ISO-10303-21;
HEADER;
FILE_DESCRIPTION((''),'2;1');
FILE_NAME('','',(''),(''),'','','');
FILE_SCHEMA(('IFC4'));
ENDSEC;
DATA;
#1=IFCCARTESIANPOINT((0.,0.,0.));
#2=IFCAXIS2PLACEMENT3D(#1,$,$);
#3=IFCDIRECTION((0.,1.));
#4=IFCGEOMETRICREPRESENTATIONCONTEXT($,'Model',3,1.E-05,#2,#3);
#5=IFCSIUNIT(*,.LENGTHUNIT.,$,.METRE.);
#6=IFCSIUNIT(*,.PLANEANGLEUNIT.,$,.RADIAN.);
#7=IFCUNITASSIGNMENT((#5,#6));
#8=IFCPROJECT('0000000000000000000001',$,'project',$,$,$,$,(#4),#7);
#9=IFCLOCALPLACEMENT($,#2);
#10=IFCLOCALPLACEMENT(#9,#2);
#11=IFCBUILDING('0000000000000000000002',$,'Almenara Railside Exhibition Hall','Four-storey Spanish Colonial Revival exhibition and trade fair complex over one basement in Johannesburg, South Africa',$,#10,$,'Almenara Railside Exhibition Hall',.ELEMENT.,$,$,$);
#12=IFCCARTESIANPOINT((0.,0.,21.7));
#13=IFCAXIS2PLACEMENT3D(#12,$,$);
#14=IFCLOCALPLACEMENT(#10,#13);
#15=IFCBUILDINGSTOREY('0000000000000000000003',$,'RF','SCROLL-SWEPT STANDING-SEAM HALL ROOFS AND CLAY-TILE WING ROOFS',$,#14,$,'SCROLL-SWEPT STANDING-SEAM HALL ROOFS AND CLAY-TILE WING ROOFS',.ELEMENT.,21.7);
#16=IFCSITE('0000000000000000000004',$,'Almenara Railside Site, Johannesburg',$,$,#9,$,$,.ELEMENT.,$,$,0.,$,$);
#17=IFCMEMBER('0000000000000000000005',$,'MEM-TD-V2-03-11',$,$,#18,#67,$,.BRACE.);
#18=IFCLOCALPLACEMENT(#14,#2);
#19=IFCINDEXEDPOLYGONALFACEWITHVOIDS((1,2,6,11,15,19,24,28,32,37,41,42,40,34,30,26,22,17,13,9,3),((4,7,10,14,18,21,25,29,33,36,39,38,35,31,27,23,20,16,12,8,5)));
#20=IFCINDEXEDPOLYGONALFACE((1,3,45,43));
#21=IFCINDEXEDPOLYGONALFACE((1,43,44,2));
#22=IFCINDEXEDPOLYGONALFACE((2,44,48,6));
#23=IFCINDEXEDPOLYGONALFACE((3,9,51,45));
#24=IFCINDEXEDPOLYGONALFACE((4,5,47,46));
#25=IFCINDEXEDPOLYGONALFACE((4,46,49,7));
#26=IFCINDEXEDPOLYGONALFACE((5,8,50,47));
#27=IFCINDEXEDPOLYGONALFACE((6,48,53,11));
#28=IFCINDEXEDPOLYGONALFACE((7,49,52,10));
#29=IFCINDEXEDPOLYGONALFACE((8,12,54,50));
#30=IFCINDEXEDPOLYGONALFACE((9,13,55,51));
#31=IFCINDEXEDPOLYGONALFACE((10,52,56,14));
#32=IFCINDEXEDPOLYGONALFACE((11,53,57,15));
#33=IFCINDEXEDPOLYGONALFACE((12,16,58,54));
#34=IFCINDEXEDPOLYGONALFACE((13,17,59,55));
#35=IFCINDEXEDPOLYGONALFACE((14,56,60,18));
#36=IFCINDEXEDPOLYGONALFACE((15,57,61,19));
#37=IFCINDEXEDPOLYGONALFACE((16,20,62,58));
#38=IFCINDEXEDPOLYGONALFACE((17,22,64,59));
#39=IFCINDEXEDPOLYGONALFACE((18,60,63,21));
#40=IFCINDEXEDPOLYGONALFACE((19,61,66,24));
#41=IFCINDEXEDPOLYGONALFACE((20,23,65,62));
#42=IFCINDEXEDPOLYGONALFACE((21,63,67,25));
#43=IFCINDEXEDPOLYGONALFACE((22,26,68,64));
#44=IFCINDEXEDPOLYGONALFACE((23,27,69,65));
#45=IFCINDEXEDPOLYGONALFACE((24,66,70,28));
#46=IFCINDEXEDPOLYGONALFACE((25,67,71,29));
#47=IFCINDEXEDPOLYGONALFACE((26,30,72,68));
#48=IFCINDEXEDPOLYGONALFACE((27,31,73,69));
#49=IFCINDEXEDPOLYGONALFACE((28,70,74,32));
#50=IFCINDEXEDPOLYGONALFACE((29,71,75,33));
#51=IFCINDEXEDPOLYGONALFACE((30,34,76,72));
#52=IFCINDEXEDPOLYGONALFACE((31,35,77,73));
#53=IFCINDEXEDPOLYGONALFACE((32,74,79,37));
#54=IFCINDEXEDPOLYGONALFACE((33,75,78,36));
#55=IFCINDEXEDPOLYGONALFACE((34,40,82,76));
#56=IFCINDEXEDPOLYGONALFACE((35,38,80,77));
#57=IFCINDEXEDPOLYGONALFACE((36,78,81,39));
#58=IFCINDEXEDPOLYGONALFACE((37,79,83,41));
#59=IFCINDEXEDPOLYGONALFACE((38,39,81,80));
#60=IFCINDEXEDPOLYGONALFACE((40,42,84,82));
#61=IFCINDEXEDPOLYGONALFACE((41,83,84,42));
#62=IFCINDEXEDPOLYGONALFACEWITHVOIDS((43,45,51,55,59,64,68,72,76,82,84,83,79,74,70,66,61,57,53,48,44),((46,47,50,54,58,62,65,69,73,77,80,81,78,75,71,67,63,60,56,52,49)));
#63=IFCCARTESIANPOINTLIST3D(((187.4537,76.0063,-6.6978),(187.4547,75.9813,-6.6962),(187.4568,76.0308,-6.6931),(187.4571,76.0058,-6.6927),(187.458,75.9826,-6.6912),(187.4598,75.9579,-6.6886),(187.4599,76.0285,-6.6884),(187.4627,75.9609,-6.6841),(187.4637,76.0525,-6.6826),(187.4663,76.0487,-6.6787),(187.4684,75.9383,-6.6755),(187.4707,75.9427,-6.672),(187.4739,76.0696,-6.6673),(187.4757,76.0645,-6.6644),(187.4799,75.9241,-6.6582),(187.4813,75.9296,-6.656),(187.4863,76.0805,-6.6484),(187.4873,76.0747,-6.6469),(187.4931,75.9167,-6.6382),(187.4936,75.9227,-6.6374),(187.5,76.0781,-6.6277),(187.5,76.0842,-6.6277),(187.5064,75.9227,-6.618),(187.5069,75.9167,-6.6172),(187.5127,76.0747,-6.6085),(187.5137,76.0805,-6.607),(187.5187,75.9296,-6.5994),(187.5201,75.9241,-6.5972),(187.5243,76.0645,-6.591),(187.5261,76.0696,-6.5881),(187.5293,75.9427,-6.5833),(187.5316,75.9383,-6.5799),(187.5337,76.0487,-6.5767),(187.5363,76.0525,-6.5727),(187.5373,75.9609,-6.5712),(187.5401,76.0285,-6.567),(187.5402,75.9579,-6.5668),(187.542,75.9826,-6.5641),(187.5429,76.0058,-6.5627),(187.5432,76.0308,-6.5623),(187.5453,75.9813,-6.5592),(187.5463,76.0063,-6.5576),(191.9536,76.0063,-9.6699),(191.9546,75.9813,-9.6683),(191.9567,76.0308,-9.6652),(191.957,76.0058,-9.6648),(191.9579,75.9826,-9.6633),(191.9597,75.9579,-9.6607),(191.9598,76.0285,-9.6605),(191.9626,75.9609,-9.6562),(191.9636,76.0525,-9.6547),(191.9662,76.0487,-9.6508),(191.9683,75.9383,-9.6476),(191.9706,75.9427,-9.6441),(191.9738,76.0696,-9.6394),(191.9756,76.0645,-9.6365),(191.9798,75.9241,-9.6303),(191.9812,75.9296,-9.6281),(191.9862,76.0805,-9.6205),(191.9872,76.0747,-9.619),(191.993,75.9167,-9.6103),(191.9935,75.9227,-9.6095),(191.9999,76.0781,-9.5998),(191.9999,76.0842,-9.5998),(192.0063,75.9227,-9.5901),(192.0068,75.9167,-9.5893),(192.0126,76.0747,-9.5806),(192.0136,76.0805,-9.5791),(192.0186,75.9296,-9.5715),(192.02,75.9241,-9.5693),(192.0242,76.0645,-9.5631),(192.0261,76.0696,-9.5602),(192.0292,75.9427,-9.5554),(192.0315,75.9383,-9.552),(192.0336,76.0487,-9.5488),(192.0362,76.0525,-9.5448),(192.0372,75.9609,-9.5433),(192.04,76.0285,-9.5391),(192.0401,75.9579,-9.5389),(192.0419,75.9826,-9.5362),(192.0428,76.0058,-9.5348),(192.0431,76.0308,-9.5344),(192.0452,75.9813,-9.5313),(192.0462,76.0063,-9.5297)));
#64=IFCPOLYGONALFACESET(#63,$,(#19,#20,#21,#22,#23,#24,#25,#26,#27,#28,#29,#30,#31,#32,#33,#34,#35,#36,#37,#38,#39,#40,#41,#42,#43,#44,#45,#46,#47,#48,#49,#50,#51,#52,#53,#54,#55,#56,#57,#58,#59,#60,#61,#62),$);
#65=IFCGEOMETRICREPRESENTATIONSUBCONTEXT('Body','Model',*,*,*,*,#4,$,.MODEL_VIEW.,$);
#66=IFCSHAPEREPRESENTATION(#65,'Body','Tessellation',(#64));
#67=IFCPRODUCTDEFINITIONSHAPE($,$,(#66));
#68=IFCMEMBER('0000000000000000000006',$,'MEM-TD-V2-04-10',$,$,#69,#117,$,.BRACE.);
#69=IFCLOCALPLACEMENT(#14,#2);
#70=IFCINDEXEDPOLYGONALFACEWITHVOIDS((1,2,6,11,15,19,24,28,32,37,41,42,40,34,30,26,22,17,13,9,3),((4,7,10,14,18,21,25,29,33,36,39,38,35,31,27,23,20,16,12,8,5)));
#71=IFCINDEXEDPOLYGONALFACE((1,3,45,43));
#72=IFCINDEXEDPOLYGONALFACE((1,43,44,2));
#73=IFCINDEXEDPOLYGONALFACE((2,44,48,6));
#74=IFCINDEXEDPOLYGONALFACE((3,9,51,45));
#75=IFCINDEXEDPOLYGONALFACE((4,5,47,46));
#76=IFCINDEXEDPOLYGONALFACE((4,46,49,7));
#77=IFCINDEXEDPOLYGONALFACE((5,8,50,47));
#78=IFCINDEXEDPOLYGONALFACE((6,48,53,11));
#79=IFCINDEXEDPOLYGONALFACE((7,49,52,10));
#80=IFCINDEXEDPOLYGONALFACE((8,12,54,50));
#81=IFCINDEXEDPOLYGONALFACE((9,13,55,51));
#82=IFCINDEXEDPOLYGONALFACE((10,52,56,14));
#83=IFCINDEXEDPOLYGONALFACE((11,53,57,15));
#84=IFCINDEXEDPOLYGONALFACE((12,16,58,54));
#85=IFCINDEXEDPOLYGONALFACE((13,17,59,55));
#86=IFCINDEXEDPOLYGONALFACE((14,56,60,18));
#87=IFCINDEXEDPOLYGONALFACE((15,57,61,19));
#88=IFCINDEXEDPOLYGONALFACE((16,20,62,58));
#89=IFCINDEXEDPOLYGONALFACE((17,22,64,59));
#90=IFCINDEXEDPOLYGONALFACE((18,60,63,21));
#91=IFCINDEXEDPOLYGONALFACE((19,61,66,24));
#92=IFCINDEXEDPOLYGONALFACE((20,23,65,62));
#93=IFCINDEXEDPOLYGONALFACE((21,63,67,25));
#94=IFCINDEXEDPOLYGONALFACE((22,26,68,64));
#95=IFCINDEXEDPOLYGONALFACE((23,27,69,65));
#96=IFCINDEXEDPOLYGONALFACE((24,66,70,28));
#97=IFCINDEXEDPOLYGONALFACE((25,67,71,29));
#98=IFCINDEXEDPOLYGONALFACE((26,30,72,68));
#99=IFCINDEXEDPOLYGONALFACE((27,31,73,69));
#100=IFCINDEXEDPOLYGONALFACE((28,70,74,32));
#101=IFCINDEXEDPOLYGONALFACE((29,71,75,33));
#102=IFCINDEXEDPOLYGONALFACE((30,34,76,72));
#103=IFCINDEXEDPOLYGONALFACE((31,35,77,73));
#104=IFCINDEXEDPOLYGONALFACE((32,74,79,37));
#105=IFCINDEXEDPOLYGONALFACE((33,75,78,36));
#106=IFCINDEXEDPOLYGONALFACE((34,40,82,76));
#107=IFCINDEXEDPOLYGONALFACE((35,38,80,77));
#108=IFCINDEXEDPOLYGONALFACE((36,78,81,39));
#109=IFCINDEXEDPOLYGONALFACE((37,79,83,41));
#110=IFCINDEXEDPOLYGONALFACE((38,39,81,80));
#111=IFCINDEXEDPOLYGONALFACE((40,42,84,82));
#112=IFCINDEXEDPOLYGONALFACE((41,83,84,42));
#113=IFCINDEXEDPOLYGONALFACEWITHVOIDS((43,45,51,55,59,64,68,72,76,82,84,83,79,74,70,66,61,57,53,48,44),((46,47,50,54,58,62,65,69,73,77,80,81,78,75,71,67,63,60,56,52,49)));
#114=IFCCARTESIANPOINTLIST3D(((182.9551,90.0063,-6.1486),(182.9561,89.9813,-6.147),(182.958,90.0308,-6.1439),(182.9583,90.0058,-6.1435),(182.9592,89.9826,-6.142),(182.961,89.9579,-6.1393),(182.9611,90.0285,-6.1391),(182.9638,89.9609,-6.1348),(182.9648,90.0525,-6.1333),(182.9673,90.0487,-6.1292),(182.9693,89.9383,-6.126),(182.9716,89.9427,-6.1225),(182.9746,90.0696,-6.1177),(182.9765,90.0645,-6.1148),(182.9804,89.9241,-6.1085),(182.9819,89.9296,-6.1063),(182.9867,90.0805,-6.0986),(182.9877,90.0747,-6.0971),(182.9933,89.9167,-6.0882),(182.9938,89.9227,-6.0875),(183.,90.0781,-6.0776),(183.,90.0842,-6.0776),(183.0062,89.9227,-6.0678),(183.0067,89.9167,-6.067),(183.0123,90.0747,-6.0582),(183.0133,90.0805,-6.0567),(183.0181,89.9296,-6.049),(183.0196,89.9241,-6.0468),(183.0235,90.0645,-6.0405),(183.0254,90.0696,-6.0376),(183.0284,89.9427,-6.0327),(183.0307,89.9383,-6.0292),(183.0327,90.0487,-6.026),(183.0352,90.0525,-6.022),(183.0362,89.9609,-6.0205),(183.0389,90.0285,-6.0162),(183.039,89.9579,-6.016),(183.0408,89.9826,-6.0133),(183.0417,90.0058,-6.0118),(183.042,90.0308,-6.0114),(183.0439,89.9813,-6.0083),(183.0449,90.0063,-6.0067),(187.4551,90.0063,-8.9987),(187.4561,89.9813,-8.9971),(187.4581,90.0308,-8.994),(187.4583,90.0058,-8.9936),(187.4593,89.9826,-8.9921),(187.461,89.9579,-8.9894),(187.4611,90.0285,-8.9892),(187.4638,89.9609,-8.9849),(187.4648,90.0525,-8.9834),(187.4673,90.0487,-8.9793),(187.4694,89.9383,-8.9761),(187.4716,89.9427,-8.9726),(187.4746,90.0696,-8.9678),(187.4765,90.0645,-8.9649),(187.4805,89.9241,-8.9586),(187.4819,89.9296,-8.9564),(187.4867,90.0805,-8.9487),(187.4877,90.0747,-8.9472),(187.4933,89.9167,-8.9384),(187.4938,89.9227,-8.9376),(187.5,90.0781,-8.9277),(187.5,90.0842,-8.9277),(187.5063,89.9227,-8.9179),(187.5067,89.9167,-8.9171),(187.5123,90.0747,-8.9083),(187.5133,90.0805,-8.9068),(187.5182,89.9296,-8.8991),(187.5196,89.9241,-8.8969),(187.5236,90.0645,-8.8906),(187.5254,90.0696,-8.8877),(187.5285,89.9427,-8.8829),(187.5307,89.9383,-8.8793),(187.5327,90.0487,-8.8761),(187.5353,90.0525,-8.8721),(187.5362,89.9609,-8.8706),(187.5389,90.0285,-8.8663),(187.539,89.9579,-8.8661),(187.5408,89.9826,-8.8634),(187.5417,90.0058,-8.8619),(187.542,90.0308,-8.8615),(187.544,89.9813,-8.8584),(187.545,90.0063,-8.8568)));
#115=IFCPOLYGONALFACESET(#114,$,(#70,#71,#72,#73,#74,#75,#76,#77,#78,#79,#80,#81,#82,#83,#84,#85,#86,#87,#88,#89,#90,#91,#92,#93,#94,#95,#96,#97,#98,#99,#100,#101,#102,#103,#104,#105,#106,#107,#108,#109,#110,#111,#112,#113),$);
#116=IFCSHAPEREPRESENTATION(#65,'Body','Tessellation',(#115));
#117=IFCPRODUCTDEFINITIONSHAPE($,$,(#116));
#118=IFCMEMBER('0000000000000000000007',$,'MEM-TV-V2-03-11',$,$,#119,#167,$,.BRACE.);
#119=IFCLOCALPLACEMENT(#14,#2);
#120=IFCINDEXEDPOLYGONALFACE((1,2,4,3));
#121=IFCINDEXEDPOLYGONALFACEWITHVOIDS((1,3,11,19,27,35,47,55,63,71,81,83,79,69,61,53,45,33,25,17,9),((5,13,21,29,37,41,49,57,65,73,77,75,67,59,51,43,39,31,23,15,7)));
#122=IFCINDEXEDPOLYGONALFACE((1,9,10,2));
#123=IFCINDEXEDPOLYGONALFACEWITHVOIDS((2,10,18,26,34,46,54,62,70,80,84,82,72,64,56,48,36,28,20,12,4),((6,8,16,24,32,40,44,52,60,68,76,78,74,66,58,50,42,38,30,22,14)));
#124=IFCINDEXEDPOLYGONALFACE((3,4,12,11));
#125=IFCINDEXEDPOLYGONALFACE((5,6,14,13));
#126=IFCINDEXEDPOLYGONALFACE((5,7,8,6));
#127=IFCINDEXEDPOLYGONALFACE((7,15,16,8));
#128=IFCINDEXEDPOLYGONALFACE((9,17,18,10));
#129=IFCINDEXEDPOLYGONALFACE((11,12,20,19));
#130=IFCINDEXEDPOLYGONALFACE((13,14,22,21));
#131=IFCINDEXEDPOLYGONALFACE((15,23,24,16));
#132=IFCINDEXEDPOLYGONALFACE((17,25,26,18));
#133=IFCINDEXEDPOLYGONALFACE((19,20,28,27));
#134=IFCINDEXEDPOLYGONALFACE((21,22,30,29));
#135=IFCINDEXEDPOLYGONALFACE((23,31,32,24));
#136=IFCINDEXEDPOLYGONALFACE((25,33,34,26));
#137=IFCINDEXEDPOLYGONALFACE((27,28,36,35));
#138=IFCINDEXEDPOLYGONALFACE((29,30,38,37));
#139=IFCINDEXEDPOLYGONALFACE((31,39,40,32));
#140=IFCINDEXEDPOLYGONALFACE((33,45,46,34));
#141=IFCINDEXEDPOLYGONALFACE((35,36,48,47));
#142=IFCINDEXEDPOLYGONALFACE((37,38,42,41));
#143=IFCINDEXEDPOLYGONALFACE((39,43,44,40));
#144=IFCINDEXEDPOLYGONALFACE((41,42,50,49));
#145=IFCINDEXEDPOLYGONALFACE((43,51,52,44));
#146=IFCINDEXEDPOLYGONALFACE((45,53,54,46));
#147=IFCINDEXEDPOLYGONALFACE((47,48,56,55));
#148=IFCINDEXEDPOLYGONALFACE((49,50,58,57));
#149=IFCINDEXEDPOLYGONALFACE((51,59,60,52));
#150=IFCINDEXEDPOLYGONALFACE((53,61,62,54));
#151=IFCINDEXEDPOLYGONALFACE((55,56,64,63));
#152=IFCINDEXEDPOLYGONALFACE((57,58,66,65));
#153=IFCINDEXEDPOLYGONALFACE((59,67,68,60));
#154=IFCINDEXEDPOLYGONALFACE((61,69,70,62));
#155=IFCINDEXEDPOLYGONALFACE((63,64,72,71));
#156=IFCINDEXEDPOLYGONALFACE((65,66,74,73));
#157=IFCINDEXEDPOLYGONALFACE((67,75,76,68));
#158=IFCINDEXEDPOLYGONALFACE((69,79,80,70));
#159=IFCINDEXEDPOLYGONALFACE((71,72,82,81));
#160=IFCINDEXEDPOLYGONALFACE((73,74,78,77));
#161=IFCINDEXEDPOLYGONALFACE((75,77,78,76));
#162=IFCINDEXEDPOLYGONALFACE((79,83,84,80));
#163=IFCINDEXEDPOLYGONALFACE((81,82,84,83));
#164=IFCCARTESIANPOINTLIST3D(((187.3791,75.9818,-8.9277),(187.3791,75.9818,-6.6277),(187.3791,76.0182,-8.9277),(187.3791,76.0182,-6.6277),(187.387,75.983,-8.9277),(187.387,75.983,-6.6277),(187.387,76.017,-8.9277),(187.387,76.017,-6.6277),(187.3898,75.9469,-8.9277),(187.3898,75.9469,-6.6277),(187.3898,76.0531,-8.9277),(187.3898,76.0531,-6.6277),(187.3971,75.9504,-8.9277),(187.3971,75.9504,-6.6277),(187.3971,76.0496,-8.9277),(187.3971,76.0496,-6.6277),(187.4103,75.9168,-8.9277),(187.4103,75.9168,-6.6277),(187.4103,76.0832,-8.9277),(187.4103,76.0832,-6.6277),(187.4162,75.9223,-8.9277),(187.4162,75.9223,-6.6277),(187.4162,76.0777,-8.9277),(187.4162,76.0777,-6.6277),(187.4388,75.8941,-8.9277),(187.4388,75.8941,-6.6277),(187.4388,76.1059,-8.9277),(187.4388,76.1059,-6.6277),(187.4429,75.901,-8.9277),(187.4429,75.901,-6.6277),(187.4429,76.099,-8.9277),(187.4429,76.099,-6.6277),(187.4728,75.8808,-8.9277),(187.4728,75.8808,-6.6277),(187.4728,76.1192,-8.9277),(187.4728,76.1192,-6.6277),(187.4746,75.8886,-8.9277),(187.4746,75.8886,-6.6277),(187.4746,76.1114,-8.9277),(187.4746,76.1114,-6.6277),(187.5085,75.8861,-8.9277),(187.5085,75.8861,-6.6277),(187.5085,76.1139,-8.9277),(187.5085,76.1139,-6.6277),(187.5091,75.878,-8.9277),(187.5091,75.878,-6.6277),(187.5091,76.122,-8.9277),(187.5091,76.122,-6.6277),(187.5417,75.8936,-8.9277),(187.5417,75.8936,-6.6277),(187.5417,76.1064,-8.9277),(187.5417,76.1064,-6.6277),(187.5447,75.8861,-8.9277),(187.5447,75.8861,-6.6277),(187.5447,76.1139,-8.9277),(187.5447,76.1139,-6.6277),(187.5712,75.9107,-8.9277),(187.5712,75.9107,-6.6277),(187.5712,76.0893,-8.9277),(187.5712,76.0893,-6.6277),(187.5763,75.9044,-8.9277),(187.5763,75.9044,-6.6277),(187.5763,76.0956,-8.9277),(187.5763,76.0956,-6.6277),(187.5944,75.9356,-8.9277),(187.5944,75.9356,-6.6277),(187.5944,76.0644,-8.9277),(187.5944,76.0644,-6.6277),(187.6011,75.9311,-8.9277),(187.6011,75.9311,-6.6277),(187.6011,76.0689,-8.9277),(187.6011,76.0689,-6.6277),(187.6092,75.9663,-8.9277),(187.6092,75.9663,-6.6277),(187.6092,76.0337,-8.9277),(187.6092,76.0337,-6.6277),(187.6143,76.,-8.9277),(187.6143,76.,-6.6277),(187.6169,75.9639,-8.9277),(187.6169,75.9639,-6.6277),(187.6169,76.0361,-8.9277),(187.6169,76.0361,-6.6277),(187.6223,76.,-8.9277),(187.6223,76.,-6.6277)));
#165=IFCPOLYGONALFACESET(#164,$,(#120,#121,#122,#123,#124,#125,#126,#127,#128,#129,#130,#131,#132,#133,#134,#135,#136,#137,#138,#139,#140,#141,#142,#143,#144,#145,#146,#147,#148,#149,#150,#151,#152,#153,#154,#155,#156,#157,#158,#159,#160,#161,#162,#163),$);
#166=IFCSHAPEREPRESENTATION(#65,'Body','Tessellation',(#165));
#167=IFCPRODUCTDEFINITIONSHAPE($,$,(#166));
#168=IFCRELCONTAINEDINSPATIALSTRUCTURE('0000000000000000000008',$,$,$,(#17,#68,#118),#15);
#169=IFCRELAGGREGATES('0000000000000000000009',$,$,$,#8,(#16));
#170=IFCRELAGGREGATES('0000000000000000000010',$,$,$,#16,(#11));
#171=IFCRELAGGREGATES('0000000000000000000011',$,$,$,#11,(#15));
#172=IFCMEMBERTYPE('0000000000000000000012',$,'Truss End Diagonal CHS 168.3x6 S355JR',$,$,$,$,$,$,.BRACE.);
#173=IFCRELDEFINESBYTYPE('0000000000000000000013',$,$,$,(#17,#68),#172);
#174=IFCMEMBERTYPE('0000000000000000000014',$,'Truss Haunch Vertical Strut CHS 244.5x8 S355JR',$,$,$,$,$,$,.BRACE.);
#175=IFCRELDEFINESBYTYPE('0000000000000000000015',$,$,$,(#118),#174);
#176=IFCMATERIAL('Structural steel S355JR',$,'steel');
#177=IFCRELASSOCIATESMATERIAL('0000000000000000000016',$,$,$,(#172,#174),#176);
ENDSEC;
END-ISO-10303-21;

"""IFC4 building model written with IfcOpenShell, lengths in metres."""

from ifc_helpers import new_model, si_unit, direction, frame, origin, origin_2d, place, context, subcontext, project, spatial, hollow_circle, extrude, material, material_profile, profile_set, type_object, element, save


model = new_model("IFC4")

# Units and contexts
model_context = context("Model", 3, precision=1e-05, world=origin(), true_north=direction((0.0, 1.0)))
body_context = subcontext(model_context, "Body", "Model", "MODEL_VIEW")
ifc_project = project(units=[si_unit("LENGTHUNIT", "METRE"), si_unit("PLANEANGLEUNIT", "RADIAN")], contexts=[model_context])

# Site, building, storey
site_placement = place(None, origin())
site = spatial("IfcSite", under=ifc_project, at=site_placement, Name="Almenara Railside Site, Johannesburg", CompositionType="ELEMENT", RefElevation=0.0)
building_placement = place(site_placement, origin())
building = spatial("IfcBuilding", under=site, at=building_placement, Name="Almenara Railside Exhibition Hall", Description="Four-storey Spanish Colonial Revival exhibition and trade fair complex over one basement in Johannesburg, South Africa", LongName="Almenara Railside Exhibition Hall", CompositionType="ELEMENT")
storey_placement = place(building_placement, frame((0.0, 0.0, 21.7)))
storey = spatial("IfcBuildingStorey", under=building, at=storey_placement, Name="RF", Description="SCROLL-SWEPT STANDING-SEAM HALL ROOFS AND CLAY-TILE WING ROOFS", LongName="SCROLL-SWEPT STANDING-SEAM HALL ROOFS AND CLAY-TILE WING ROOFS", CompositionType="ELEMENT", Elevation=21.7)

# Shared definitions
ifc_material_1 = material(Name="Structural steel S355JR", Category="steel")

# Members
ifc_material_profile_1 = material_profile(ifc_material_1, hollow_circle(Radius=0.0842, WallThickness=0.0061, at=origin_2d()), Name="CHS 168.3x6")
ifc_profile_set_1 = profile_set([ifc_material_profile_1], Name="Structural steel S355JR")
member_type_1 = type_object("IfcMemberType", Name="Truss End Diagonal CHS 168.3x6 S355JR", PredefinedType="BRACE", material=ifc_profile_set_1)
member_1_placement = place(storey_placement, frame((187.5, 76.0, -6.6277), z_axis=(0.834425, 0.0, -0.551122), x_axis=(0.0, 1.0, 0.0)))
element("IfcMember", 1, at=member_1_placement, inside=storey, type_object=member_type_1, Name="MEM-TD-V2-03-11", PredefinedType="BRACE", context=body_context, shape_type="SweptSolid", body=[
    extrude(hollow_circle(Radius=0.0842, WallThickness=0.0061, at=origin_2d()), origin(), (0.0, 0.0, 1.0), 5.3928),
])
member_2_placement = place(storey_placement, frame((183.0, 90.0, -6.0776), z_axis=(0.844811, 0.0, -0.535065), x_axis=(0.0, 1.0, 0.0)))
element("IfcMember", 2, at=member_2_placement, inside=storey, type_object=member_type_1, Name="MEM-TD-V2-04-10", PredefinedType="BRACE", context=body_context, shape_type="SweptSolid", body=[
    extrude(hollow_circle(Radius=0.0842, WallThickness=0.0061, at=origin_2d()), origin(), (0.0, 0.0, 1.0), 5.3267),
])
ifc_material_profile_2 = material_profile(ifc_material_1, hollow_circle(Radius=0.1223, WallThickness=0.0081, at=origin_2d()), Name="CHS 244.5x8")
ifc_profile_set_2 = profile_set([ifc_material_profile_2], Name="Structural steel S355JR")
member_type_2 = type_object("IfcMemberType", Name="Truss Haunch Vertical Strut CHS 244.5x8 S355JR", PredefinedType="BRACE", material=ifc_profile_set_2)
member_3_placement = place(storey_placement, frame((187.5, 76.0, -8.9277), z_axis=(0.0, 0.0, 1.0), x_axis=(1.0, 0.0, 0.0)))
element("IfcMember", 3, at=member_3_placement, inside=storey, type_object=member_type_2, Name="MEM-TV-V2-03-11", PredefinedType="BRACE", context=body_context, shape_type="SweptSolid", body=[
    extrude(hollow_circle(Radius=0.1223, WallThickness=0.0081, at=origin_2d()), origin(), (0.0, 0.0, 1.0), 2.3),
])

save(model, "model.ifc")
